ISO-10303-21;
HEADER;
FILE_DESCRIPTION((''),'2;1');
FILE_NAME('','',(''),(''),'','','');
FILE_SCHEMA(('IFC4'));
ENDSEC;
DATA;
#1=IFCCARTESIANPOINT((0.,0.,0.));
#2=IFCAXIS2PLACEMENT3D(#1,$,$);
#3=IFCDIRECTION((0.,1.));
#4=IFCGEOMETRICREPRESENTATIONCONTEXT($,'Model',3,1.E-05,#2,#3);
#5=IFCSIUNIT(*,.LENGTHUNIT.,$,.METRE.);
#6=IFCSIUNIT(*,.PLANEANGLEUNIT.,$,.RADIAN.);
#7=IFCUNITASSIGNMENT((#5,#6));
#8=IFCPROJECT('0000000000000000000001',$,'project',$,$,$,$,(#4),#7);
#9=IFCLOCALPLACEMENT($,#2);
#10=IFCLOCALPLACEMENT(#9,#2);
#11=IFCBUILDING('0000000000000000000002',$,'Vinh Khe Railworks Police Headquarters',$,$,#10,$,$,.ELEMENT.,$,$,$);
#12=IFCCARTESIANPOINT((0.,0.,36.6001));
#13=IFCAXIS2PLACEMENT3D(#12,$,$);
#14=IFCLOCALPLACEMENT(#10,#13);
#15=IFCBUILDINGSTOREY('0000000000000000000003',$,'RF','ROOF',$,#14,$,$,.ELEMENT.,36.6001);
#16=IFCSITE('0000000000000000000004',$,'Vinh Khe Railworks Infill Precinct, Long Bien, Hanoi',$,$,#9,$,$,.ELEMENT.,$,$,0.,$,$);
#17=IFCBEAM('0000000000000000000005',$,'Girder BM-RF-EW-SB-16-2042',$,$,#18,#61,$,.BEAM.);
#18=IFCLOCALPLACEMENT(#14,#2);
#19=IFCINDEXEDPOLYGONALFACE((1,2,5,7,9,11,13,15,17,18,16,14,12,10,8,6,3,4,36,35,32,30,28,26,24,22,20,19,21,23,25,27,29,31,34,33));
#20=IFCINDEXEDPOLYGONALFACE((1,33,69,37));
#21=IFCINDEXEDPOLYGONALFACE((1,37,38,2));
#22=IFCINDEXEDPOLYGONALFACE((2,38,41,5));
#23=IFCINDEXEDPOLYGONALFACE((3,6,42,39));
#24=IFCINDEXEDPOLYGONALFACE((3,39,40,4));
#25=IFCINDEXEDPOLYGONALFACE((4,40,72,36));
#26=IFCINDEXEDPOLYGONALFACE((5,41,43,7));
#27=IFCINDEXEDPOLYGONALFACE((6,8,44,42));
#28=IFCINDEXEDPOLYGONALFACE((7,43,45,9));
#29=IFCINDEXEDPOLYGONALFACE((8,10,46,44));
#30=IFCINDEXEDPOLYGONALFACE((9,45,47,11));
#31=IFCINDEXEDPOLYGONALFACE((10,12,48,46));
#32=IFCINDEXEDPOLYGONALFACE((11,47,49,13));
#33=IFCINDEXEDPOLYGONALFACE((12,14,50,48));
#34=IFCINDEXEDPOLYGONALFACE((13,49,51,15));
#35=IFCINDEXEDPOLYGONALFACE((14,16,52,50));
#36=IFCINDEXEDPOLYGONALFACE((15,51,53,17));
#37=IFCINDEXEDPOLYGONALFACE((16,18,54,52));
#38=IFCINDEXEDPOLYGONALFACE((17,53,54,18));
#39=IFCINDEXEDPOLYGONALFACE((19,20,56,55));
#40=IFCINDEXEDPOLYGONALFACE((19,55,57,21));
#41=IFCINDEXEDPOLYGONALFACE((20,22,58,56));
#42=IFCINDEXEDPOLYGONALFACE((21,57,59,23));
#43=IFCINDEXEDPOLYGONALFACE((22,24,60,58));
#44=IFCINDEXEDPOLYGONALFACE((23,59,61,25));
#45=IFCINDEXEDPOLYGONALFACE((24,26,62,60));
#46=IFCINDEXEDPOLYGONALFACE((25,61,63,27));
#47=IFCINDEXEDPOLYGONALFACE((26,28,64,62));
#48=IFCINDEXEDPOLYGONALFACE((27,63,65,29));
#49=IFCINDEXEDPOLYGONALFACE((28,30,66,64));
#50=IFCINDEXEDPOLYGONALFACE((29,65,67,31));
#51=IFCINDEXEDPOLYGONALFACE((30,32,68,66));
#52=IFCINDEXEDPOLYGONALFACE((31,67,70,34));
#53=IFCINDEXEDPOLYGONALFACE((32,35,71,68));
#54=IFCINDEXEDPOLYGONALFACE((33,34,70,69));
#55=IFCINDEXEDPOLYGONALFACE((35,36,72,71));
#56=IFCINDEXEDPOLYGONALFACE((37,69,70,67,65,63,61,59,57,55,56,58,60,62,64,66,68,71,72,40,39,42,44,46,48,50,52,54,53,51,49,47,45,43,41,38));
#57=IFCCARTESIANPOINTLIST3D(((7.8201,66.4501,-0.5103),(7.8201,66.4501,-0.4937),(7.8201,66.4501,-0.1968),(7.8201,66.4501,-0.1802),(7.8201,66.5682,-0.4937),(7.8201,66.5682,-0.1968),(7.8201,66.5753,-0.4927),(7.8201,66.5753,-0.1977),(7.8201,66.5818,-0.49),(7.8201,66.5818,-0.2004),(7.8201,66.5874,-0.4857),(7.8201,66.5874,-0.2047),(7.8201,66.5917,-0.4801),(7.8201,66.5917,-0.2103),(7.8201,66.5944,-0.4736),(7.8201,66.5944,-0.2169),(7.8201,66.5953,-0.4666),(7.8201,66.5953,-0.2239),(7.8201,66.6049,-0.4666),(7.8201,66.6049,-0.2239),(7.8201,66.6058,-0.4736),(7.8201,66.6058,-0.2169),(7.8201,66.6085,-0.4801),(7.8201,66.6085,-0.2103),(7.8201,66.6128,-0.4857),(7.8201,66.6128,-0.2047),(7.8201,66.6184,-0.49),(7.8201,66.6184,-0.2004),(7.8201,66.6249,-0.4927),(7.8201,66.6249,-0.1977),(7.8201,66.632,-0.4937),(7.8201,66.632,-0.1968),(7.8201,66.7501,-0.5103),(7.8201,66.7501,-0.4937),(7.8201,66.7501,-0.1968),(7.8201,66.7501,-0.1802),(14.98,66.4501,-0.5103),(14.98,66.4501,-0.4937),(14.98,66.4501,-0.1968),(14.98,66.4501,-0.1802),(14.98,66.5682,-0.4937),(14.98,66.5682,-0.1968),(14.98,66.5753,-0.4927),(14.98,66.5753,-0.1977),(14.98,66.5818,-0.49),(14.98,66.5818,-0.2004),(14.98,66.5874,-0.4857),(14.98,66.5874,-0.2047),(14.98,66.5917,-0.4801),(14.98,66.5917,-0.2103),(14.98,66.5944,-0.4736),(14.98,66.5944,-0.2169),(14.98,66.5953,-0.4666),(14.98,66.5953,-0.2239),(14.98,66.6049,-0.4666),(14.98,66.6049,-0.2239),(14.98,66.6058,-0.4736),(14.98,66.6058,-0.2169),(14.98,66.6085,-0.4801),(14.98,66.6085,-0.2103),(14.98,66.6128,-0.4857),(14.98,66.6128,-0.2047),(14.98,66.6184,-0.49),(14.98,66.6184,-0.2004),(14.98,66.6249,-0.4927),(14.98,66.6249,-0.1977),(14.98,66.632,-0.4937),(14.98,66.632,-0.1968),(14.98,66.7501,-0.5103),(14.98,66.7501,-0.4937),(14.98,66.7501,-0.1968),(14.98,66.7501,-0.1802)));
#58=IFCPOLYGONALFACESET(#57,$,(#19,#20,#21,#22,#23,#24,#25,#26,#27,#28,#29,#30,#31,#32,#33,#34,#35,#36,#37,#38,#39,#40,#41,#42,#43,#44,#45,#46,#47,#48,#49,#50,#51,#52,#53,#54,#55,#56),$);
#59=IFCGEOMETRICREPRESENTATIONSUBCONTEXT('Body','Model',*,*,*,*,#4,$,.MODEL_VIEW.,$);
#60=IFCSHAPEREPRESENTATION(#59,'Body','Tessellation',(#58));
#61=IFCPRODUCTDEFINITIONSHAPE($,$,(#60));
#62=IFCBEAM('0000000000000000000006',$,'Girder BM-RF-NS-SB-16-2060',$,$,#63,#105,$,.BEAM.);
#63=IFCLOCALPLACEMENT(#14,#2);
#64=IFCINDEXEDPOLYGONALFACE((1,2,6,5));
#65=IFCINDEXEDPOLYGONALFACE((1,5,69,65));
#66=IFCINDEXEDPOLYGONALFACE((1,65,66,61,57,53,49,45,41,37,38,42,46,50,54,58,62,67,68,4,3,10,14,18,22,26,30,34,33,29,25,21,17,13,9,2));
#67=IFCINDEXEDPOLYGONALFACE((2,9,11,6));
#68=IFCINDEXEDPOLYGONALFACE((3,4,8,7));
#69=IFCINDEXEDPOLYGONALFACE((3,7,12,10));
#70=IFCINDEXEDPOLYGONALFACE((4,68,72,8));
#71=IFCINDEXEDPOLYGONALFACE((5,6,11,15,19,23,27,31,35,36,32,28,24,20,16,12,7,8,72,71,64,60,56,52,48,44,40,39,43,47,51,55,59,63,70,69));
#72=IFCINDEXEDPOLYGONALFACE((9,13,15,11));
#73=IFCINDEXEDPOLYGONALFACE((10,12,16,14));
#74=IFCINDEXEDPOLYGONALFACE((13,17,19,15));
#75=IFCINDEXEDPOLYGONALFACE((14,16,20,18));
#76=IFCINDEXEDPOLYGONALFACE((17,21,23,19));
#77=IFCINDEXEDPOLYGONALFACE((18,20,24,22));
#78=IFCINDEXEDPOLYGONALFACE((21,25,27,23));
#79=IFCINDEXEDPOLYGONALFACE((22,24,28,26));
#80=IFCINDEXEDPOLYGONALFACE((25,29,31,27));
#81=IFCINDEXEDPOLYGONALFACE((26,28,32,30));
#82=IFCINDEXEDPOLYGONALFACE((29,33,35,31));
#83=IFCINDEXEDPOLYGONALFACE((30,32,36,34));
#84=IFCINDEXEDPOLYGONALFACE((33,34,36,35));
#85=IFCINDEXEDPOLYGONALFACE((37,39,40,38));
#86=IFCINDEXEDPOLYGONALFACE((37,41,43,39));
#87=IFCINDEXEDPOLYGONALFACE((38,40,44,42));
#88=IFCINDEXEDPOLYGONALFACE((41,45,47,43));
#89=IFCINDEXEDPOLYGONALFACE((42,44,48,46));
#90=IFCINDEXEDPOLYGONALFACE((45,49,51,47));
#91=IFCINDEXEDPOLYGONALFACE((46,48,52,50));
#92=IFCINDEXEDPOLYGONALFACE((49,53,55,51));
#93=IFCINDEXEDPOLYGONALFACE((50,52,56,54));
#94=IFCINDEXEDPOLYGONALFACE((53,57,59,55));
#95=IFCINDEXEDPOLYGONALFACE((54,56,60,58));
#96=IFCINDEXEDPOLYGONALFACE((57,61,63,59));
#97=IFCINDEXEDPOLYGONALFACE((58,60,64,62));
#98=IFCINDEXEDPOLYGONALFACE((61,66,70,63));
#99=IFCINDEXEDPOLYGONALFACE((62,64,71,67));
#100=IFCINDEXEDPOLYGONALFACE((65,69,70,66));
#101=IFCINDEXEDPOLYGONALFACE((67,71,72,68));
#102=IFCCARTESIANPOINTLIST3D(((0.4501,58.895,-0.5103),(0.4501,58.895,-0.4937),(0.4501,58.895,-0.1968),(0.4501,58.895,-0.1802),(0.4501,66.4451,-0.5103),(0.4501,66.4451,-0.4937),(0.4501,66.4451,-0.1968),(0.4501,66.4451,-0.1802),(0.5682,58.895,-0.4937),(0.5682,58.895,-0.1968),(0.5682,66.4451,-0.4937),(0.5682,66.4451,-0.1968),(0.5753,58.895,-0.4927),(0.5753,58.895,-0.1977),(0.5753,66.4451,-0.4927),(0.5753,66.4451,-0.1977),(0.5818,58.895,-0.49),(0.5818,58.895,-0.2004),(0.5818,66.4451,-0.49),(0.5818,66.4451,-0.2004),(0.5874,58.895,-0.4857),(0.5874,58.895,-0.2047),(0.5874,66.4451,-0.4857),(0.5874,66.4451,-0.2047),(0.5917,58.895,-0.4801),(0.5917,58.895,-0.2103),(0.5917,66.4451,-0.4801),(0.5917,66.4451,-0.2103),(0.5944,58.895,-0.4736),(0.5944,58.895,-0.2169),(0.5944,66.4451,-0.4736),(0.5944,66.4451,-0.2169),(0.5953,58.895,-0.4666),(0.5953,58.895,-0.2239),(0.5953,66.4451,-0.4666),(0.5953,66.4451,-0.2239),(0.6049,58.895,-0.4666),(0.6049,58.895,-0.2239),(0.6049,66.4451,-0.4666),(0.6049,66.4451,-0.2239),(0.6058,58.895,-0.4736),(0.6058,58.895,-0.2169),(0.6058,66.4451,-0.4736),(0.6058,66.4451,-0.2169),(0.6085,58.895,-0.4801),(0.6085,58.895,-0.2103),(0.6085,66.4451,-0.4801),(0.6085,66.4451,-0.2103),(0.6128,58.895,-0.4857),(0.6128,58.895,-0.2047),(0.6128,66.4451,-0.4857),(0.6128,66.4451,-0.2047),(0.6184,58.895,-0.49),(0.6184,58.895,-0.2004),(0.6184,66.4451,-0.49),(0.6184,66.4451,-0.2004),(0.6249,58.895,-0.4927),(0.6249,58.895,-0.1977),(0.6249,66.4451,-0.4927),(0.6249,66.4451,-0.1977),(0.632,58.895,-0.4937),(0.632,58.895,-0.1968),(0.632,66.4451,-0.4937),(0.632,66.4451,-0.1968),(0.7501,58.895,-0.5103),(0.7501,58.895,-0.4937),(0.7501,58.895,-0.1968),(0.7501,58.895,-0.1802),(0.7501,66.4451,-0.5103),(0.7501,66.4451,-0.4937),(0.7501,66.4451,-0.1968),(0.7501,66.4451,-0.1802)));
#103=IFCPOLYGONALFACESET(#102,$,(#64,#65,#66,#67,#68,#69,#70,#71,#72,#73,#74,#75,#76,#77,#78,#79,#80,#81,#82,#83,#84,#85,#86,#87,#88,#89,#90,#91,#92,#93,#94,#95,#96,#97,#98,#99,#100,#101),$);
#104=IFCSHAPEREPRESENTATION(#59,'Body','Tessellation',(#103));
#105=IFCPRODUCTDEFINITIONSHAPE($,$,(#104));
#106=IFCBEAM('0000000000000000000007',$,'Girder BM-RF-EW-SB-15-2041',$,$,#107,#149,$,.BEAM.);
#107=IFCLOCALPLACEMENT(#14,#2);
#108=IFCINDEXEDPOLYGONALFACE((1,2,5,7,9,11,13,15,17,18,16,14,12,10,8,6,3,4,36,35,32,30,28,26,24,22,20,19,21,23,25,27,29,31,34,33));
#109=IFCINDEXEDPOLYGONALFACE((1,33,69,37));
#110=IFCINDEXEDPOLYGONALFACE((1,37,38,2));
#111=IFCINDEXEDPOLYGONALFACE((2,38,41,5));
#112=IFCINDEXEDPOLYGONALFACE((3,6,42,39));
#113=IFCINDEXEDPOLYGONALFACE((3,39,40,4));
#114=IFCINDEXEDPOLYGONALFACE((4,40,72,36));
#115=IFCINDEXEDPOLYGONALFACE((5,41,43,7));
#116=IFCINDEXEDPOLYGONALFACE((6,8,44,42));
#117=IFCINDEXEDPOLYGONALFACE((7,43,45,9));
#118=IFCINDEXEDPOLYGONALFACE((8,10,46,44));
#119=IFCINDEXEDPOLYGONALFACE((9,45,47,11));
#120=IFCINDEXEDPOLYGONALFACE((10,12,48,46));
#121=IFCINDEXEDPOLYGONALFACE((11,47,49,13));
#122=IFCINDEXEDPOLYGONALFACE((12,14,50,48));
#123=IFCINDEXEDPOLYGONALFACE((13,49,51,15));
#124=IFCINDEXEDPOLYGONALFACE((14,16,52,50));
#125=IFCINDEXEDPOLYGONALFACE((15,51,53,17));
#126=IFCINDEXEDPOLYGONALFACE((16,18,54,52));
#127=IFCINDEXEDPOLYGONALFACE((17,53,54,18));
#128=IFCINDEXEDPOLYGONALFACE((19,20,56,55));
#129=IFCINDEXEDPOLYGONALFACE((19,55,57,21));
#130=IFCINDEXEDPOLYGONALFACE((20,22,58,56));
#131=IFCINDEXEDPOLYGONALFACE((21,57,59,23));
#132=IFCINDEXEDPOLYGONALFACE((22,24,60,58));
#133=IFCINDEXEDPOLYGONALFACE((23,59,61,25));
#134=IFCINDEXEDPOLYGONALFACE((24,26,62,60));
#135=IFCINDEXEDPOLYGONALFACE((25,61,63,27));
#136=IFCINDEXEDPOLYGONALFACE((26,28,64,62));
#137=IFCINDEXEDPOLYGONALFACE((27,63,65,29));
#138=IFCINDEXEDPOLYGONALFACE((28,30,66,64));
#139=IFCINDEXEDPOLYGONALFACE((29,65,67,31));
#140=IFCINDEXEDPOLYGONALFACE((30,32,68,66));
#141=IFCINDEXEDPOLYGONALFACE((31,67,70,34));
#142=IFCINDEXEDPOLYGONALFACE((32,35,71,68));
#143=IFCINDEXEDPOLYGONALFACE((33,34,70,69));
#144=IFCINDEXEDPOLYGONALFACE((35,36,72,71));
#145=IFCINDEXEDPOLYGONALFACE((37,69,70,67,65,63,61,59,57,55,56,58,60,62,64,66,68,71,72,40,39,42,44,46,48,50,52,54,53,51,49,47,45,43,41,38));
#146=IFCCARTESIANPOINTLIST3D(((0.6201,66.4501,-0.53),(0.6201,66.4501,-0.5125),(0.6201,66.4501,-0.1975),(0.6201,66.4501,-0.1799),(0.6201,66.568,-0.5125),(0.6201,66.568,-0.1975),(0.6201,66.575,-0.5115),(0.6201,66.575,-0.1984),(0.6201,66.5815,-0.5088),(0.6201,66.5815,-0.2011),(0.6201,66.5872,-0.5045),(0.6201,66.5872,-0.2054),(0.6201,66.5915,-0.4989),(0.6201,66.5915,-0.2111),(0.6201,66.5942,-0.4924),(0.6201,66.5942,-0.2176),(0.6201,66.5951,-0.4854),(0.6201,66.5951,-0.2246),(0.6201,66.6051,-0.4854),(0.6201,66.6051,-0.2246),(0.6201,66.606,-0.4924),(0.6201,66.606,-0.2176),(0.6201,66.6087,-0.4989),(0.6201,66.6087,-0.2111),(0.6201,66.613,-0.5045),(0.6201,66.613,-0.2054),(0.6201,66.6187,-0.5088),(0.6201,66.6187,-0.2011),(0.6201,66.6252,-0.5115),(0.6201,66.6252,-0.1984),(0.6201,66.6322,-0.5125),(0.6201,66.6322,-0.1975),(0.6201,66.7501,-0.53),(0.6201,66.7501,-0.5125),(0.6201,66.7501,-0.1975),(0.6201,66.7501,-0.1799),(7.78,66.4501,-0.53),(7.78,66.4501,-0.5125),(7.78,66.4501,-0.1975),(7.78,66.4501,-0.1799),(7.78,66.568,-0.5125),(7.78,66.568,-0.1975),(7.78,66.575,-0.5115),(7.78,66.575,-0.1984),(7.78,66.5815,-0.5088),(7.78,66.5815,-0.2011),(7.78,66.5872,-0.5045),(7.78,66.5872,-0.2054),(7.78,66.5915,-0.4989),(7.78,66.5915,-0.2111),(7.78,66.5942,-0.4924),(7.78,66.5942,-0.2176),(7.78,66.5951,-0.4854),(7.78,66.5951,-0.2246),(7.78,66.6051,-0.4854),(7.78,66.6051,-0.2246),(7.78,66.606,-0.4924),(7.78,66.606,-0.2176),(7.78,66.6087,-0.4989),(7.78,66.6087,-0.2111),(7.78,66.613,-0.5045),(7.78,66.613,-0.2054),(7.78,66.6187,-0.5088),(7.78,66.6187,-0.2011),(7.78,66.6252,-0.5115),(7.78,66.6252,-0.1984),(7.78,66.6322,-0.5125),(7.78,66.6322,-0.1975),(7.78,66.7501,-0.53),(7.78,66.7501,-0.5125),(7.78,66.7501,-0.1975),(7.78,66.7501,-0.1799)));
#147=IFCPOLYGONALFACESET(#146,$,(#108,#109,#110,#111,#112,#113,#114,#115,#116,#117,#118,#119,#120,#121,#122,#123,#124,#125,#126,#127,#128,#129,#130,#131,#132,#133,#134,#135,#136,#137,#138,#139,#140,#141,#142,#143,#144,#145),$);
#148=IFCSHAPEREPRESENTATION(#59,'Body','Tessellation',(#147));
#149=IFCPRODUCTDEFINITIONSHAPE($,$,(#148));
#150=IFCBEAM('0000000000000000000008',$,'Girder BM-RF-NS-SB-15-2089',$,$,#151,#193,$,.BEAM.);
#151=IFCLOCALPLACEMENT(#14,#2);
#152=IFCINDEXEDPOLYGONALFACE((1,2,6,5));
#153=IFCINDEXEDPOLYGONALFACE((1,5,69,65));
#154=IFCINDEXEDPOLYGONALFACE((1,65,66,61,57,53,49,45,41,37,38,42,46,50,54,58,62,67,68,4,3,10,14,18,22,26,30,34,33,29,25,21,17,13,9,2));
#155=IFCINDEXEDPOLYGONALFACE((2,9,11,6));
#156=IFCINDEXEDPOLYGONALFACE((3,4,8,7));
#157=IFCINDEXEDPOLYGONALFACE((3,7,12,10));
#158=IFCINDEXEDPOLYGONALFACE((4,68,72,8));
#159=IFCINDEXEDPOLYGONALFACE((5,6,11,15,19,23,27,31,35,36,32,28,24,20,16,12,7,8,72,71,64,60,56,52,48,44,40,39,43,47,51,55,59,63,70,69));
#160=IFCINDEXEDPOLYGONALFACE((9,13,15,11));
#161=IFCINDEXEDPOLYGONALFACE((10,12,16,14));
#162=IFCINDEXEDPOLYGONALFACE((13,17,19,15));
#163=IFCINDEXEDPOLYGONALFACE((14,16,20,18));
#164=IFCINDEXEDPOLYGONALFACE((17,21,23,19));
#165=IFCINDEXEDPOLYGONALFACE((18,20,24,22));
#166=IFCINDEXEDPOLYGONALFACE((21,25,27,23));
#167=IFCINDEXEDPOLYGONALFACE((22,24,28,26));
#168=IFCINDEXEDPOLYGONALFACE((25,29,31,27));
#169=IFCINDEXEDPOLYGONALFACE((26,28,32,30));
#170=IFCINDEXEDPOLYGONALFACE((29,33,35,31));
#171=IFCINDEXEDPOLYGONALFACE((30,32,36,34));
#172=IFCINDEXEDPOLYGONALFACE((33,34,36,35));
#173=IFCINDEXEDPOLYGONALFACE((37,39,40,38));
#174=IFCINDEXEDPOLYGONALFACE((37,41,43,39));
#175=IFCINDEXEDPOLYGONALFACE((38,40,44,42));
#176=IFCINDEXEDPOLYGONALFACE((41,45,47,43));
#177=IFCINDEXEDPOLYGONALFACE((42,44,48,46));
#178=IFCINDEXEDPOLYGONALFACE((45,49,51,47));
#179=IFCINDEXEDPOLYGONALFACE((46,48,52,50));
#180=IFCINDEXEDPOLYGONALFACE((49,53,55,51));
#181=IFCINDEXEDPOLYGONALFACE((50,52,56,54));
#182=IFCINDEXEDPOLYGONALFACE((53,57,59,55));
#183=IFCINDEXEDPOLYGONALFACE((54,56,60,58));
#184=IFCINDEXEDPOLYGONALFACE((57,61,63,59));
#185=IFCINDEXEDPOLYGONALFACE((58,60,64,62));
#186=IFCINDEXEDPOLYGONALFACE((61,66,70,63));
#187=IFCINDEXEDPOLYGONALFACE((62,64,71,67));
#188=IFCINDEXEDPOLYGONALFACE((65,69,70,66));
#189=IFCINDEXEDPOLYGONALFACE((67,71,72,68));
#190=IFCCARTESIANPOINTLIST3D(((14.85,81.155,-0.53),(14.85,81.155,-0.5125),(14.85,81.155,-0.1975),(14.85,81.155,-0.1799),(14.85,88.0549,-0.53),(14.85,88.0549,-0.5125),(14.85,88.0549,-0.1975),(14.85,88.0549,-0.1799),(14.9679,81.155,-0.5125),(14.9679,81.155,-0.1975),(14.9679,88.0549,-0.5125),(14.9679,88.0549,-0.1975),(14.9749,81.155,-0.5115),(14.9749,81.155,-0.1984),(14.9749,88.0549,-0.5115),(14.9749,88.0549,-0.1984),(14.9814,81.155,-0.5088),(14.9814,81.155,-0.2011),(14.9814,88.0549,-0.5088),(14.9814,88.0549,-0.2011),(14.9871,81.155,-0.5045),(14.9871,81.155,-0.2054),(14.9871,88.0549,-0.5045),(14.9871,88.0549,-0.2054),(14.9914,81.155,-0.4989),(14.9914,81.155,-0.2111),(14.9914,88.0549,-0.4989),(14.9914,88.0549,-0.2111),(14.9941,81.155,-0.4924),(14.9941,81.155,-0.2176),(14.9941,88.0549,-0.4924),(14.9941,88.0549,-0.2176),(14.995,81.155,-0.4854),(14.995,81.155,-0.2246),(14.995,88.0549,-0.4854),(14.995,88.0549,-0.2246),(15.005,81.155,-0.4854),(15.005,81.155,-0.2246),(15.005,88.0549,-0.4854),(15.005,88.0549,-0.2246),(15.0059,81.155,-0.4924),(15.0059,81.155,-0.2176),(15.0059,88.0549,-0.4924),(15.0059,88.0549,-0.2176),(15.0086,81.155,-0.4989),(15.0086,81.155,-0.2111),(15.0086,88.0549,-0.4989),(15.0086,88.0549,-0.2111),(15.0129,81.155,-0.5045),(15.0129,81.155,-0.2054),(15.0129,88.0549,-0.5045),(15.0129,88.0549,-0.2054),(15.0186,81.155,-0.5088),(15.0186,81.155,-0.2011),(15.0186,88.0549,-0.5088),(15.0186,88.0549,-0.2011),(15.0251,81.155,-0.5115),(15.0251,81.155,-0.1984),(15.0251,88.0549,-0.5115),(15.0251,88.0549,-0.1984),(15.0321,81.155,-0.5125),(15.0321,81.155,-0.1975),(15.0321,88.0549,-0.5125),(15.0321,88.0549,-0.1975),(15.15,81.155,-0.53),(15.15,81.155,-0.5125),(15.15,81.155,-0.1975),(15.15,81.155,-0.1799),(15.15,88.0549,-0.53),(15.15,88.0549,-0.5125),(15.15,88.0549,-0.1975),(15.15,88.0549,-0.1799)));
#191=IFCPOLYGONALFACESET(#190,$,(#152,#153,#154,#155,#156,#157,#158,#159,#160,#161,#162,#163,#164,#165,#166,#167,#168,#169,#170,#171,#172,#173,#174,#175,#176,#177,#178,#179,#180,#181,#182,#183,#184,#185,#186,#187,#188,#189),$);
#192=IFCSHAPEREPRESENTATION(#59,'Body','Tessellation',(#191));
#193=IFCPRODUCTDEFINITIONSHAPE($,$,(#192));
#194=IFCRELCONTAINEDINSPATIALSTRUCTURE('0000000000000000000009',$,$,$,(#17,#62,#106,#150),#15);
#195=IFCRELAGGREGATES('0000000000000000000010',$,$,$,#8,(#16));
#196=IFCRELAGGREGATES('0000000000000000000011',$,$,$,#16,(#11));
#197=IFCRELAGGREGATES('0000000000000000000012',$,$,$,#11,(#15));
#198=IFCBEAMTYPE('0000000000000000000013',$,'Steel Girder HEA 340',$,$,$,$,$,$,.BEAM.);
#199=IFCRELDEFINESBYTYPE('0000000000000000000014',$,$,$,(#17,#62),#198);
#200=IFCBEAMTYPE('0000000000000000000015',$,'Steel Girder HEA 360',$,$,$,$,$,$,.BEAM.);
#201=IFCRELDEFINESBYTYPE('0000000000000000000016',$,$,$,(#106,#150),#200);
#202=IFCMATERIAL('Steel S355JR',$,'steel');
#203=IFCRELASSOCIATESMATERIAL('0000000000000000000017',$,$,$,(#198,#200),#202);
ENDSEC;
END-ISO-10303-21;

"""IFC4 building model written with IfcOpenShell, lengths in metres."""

from ifc_helpers import new_model, si_unit, direction, frame, origin, origin_2d, place, context, subcontext, project, spatial, i_section, extrude, material, material_profile, profile_set, type_object, element, save


model = new_model("IFC4")

# Units and contexts
model_context = context("Model", 3, precision=1e-05, world=origin(), true_north=direction((0.0, 1.0)))
body_context = subcontext(model_context, "Body", "Model", "MODEL_VIEW")
ifc_project = project(units=[si_unit("LENGTHUNIT", "METRE"), si_unit("PLANEANGLEUNIT", "RADIAN")], contexts=[model_context])

# Site, building, storey
site_placement = place(None, origin())
site = spatial("IfcSite", under=ifc_project, at=site_placement, Name="Vinh Khe Railworks Infill Precinct, Long Bien, Hanoi", CompositionType="ELEMENT", RefElevation=0.0)
building_placement = place(site_placement, origin())
building = spatial("IfcBuilding", under=site, at=building_placement, Name="Vinh Khe Railworks Police Headquarters", CompositionType="ELEMENT")
storey_placement = place(building_placement, frame((0.0, 0.0, 36.6001)))
storey = spatial("IfcBuildingStorey", under=building, at=storey_placement, Name="RF", Description="ROOF", CompositionType="ELEMENT", Elevation=36.6001)

# Shared definitions
ifc_material_1 = material(Name="Steel S355JR", Category="steel")

# Beams
ifc_material_profile_1 = material_profile(ifc_material_1, i_section(OverallWidth=0.3, OverallDepth=0.3301, WebThickness=0.0095, FlangeThickness=0.0166, FilletRadius=0.0271, at=origin_2d()), Name="HEA 340")
ifc_profile_set_1 = profile_set([ifc_material_profile_1], Name="Steel S355JR")
beam_type_1 = type_object("IfcBeamType", Name="Steel Girder HEA 340", PredefinedType="BEAM", material=ifc_profile_set_1)
beam_1_placement = place(storey_placement, frame((7.8201, 66.6001, -0.3452), z_axis=(1.0, 0.0, 0.0), x_axis=(0.0, 1.0, 0.0)))
element("IfcBeam", 1, at=beam_1_placement, inside=storey, type_object=beam_type_1, Name="Girder BM-RF-EW-SB-16-2042", PredefinedType="BEAM", context=body_context, shape_type="SweptSolid", body=[
    extrude(i_section(OverallWidth=0.3, OverallDepth=0.3301, WebThickness=0.0095, FlangeThickness=0.0166, FilletRadius=0.0271, at=origin_2d()), origin(), (0.0, 0.0, 1.0), 7.1599),
])
beam_2_placement = place(storey_placement, frame((0.6001, 58.895, -0.3452), z_axis=(0.0, 1.0, 0.0), x_axis=(-1.0, 0.0, 0.0)))
element("IfcBeam", 2, at=beam_2_placement, inside=storey, type_object=beam_type_1, Name="Girder BM-RF-NS-SB-16-2060", PredefinedType="BEAM", context=body_context, shape_type="SweptSolid", body=[
    extrude(i_section(OverallWidth=0.3, OverallDepth=0.3301, WebThickness=0.0095, FlangeThickness=0.0166, FilletRadius=0.0271, at=origin_2d()), origin(), (0.0, 0.0, 1.0), 7.55),
])
ifc_material_profile_2 = material_profile(ifc_material_1, i_section(OverallWidth=0.3, OverallDepth=0.3501, WebThickness=0.01, FlangeThickness=0.0176, FilletRadius=0.0271, at=origin_2d()), Name="HEA 360")
ifc_profile_set_2 = profile_set([ifc_material_profile_2], Name="Steel S355JR")
beam_type_2 = type_object("IfcBeamType", Name="Steel Girder HEA 360", PredefinedType="BEAM", material=ifc_profile_set_2)
beam_3_placement = place(storey_placement, frame((0.6201, 66.6001, -0.355), z_axis=(1.0, 0.0, 0.0), x_axis=(0.0, 1.0, 0.0)))
element("IfcBeam", 3, at=beam_3_placement, inside=storey, type_object=beam_type_2, Name="Girder BM-RF-EW-SB-15-2041", PredefinedType="BEAM", context=body_context, shape_type="SweptSolid", body=[
    extrude(i_section(OverallWidth=0.3, OverallDepth=0.3501, WebThickness=0.01, FlangeThickness=0.0176, FilletRadius=0.0271, at=origin_2d()), origin(), (0.0, 0.0, 1.0), 7.1599),
])
beam_4_placement = place(storey_placement, frame((15.0, 81.155, -0.355), z_axis=(0.0, 1.0, 0.0), x_axis=(-1.0, 0.0, 0.0)))
element("IfcBeam", 4, at=beam_4_placement, inside=storey, type_object=beam_type_2, Name="Girder BM-RF-NS-SB-15-2089", PredefinedType="BEAM", context=body_context, shape_type="SweptSolid", body=[
    extrude(i_section(OverallWidth=0.3, OverallDepth=0.3501, WebThickness=0.01, FlangeThickness=0.0176, FilletRadius=0.0271, at=origin_2d()), origin(), (0.0, 0.0, 1.0), 6.8999),
])

save(model, "model.ifc")
